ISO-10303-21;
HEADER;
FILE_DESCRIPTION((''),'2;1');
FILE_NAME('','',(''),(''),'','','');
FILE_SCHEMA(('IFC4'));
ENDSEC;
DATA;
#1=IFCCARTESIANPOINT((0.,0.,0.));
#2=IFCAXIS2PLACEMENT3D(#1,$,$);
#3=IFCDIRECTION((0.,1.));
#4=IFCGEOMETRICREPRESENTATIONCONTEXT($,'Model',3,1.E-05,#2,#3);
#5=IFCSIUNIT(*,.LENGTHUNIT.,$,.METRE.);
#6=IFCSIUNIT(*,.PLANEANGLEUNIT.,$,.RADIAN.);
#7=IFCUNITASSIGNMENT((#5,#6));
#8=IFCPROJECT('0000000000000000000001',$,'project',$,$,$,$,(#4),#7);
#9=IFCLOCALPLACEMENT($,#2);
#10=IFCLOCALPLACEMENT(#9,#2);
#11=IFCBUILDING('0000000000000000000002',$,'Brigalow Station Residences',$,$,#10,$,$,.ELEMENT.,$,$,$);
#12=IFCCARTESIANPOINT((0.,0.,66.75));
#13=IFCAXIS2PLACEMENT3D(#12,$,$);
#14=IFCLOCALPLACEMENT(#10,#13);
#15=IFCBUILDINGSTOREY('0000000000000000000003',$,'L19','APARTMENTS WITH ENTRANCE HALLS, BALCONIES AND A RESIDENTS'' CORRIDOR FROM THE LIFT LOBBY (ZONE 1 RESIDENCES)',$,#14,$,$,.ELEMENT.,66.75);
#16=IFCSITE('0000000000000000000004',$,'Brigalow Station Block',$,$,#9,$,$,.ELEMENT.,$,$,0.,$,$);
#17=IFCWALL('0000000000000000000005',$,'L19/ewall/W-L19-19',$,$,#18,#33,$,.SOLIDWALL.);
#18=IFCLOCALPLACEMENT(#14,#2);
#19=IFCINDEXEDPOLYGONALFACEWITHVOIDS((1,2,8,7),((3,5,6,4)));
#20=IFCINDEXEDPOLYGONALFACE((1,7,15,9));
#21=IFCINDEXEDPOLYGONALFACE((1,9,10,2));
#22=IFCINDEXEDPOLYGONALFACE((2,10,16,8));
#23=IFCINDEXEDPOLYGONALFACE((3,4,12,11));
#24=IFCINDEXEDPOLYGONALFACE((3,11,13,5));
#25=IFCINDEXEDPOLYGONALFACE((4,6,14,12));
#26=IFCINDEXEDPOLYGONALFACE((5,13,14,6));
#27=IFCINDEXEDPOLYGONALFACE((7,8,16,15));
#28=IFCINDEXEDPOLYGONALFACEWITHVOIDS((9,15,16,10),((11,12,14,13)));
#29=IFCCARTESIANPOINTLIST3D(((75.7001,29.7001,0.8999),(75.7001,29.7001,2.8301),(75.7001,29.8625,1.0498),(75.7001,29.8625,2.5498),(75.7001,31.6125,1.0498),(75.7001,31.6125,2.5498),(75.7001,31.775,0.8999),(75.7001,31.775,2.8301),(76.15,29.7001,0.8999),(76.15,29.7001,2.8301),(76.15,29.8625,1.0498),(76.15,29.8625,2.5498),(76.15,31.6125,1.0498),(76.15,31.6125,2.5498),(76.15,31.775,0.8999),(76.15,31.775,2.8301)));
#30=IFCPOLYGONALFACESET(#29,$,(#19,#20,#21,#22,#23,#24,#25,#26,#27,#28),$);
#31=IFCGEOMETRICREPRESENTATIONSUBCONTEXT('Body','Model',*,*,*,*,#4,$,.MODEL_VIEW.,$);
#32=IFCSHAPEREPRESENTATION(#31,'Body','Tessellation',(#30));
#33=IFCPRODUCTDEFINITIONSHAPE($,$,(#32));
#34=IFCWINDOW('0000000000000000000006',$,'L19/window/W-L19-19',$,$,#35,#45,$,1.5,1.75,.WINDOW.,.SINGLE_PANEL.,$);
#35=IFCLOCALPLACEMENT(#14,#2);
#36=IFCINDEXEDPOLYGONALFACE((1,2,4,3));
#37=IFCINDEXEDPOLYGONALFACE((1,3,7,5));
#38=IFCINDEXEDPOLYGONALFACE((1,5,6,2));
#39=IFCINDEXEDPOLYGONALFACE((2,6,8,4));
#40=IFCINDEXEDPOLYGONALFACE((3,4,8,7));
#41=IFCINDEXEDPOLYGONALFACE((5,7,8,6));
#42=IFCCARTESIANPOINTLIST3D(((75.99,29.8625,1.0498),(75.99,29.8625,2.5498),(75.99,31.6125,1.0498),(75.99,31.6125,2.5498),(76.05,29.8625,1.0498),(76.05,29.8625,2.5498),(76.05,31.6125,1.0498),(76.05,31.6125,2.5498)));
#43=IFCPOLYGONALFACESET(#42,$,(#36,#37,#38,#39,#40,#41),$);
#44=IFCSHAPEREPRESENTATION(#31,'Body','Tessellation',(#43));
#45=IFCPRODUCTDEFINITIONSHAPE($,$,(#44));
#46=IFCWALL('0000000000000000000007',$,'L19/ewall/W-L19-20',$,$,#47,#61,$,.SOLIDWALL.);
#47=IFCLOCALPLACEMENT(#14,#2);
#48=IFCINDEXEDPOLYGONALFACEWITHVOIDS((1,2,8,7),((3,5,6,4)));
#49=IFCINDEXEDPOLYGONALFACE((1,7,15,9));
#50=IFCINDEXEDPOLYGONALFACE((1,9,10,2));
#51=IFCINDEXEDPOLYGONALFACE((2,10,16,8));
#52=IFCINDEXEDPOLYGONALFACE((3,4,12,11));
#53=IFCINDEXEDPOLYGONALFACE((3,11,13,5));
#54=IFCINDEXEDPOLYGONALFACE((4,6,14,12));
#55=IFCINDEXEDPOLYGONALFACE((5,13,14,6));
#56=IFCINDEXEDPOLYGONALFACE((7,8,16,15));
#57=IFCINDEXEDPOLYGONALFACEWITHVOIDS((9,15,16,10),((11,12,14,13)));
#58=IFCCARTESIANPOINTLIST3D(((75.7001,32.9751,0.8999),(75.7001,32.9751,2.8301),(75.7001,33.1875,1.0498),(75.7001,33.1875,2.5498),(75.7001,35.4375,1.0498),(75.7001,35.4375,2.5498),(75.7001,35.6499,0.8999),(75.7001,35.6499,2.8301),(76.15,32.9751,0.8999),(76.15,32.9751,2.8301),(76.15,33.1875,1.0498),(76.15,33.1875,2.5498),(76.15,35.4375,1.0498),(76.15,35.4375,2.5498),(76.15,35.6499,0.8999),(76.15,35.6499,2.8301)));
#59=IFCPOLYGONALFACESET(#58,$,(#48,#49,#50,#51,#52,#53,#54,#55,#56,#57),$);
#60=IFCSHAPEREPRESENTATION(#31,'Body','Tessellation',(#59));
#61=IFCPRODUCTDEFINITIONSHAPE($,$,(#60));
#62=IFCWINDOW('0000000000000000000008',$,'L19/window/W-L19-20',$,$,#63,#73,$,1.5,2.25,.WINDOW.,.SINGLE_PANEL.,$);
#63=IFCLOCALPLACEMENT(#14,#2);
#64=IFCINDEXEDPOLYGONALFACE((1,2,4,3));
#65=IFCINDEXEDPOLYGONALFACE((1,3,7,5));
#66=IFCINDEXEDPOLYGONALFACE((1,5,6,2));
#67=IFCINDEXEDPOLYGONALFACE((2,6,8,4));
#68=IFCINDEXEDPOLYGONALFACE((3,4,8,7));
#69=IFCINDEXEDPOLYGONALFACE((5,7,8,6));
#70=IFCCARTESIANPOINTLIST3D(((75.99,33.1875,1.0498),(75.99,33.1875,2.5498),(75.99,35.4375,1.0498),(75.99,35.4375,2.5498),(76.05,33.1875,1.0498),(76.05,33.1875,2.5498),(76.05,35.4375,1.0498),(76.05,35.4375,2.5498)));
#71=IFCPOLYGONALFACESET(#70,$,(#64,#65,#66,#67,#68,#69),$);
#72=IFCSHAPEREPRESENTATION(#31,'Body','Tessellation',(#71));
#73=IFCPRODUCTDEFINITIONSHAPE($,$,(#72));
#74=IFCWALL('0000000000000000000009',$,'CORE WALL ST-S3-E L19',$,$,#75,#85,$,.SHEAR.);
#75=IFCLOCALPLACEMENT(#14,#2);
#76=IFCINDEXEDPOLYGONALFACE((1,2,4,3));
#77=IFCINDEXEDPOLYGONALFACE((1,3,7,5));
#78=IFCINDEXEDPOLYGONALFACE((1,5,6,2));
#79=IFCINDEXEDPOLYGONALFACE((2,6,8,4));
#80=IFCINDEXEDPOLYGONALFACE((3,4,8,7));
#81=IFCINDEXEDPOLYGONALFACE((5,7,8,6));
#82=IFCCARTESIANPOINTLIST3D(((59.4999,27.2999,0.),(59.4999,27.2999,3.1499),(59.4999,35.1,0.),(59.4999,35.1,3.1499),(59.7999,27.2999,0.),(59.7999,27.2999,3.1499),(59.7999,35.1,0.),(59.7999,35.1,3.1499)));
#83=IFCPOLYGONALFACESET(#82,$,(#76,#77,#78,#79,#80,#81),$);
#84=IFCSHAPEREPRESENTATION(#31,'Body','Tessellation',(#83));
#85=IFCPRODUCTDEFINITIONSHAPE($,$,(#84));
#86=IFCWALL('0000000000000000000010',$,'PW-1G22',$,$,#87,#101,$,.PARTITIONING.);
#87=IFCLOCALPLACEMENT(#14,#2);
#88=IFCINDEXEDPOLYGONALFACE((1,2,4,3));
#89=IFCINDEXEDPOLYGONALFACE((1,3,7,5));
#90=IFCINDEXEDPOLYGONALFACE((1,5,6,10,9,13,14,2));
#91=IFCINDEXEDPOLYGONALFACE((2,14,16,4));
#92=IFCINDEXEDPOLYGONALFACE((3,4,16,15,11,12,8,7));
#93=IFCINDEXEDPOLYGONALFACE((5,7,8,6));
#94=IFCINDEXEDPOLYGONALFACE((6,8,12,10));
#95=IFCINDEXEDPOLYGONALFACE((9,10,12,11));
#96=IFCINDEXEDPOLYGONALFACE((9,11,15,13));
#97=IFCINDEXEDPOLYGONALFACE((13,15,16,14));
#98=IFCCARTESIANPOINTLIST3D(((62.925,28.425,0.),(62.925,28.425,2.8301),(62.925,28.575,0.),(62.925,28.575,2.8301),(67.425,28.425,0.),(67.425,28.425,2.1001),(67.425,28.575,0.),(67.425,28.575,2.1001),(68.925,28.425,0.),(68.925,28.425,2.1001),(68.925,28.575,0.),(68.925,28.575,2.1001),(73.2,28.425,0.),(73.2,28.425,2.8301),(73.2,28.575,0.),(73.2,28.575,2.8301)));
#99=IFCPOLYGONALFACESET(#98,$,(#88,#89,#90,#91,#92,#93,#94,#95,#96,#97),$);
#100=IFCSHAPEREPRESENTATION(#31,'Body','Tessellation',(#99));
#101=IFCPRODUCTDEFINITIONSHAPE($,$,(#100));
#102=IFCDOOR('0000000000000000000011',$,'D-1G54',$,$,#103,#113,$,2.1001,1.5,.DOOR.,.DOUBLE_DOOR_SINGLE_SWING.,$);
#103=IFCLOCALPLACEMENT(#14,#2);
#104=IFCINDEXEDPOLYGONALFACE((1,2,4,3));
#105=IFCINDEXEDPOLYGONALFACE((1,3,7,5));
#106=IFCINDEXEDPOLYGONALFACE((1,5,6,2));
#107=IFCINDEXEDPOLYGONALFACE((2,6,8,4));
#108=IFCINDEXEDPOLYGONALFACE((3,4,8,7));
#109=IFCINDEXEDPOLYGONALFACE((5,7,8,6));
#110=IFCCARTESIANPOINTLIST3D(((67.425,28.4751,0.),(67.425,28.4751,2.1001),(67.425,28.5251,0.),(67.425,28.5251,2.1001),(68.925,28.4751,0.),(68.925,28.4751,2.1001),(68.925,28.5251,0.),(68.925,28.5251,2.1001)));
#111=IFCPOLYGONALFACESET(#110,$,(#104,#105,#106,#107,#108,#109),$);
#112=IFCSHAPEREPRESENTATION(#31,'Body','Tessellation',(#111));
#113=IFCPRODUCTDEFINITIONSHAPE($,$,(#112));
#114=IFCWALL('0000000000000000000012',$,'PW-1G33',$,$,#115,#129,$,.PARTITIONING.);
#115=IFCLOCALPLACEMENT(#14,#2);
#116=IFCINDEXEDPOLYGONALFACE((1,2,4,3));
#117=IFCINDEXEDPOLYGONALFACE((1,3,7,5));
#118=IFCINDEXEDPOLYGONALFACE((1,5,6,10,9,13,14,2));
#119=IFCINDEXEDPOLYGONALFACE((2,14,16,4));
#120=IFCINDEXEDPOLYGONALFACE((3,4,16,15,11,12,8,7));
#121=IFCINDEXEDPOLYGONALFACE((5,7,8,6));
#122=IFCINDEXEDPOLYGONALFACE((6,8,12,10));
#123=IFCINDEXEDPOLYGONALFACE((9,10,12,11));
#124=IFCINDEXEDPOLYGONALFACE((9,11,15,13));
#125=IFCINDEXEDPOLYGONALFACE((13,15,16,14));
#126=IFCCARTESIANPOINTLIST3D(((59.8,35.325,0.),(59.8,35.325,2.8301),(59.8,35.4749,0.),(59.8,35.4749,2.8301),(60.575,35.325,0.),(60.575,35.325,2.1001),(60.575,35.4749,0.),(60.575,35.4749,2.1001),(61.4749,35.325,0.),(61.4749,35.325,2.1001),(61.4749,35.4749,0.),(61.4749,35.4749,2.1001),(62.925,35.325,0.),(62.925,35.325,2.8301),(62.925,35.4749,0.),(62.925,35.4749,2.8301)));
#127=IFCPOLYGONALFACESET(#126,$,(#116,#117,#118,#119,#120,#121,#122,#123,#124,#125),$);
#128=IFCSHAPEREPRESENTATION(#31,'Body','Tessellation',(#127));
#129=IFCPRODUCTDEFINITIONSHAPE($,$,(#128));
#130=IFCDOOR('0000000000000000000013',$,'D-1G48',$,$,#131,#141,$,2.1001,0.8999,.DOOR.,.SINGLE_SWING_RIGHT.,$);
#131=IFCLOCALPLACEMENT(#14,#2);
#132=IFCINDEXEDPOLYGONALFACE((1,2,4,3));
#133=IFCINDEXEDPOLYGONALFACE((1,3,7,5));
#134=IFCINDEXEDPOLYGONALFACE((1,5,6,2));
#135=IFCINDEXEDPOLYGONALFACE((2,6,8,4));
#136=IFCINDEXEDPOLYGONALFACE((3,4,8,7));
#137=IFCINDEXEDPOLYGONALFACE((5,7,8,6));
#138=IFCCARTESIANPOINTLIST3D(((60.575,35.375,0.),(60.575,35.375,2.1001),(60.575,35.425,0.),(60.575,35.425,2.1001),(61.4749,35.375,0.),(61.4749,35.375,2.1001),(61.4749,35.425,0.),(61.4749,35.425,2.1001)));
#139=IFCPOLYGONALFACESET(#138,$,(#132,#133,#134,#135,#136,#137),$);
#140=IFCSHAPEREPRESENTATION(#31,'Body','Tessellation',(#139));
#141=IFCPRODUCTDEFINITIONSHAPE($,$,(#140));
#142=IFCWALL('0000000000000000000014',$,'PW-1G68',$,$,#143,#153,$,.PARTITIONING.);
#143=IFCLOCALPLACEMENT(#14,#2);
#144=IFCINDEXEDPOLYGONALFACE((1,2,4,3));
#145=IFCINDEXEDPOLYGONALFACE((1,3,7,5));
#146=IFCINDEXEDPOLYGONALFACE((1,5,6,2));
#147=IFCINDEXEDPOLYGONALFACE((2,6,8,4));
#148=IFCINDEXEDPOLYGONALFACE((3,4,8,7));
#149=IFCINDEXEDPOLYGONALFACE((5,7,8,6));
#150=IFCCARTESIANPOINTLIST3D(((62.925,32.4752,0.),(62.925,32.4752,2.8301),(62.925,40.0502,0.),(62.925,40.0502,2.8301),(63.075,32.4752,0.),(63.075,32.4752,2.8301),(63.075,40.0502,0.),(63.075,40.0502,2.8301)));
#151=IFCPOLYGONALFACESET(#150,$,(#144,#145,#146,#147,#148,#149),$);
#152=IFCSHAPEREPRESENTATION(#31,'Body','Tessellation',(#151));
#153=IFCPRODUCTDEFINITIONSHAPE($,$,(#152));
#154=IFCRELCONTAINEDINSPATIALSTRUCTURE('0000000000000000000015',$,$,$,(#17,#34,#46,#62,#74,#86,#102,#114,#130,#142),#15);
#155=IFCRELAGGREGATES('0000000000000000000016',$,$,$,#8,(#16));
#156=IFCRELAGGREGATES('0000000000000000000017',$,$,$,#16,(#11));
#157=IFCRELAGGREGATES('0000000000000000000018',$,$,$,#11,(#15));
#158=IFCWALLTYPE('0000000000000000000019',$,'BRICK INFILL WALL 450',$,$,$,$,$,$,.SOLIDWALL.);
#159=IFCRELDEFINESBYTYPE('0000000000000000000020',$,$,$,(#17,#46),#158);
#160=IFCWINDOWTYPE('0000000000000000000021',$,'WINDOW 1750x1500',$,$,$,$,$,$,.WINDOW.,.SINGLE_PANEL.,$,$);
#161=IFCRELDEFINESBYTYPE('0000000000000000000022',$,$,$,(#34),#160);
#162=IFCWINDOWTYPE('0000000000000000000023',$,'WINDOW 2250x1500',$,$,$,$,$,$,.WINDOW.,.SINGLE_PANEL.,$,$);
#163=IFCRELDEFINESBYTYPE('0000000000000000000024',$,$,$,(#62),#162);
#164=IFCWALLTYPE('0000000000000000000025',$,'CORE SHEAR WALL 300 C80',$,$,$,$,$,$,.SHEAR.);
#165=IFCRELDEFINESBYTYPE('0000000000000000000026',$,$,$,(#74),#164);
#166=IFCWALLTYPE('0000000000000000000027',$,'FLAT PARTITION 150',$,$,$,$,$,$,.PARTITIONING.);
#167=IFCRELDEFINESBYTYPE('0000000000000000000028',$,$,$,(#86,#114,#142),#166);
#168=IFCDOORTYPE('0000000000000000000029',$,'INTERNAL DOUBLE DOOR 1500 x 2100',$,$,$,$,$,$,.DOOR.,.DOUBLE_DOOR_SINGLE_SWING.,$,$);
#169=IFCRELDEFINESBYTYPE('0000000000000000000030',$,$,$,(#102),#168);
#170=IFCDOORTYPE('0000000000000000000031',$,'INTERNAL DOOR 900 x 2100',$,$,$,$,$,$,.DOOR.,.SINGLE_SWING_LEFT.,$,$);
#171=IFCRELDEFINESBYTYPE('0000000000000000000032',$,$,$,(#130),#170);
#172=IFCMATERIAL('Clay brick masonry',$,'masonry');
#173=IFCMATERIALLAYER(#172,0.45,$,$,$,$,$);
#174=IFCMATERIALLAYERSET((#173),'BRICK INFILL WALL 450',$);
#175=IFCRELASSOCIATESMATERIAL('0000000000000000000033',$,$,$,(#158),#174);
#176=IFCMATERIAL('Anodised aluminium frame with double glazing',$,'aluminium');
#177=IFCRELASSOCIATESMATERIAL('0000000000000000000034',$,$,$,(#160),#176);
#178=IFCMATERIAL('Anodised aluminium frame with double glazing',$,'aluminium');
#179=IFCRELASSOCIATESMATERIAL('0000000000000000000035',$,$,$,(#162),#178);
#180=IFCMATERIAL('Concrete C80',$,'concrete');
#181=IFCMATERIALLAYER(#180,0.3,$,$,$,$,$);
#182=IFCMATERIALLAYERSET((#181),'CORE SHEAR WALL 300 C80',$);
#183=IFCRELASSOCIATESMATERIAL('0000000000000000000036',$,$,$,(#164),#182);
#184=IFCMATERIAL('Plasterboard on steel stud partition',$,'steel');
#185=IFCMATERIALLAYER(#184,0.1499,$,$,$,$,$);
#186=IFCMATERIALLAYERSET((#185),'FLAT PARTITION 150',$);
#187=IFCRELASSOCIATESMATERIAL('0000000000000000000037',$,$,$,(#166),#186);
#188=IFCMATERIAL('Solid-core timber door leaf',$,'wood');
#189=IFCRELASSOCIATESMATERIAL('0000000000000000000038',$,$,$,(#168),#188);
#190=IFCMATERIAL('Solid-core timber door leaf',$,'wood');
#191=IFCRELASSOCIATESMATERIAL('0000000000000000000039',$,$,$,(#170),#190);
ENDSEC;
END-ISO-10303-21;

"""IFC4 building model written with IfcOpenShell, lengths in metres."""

from ifc_helpers import new_model, si_unit, direction, frame, frame_2d, origin, place, context, subcontext, project, spatial, rectangle, extrude, material, layer, layer_set, type_object, element, fill, save


model = new_model("IFC4")

# Units and contexts
model_context = context("Model", 3, precision=1e-05, world=origin(), true_north=direction((0.0, 1.0)))
body_context = subcontext(model_context, "Body", "Model", "MODEL_VIEW")
ifc_project = project(units=[si_unit("LENGTHUNIT", "METRE"), si_unit("PLANEANGLEUNIT", "RADIAN")], contexts=[model_context])

# Site, building, storey
site_placement = place(None, origin())
site = spatial("IfcSite", under=ifc_project, at=site_placement, Name="Brigalow Station Block", CompositionType="ELEMENT", RefElevation=0.0)
building_placement = place(site_placement, origin())
building = spatial("IfcBuilding", under=site, at=building_placement, Name="Brigalow Station Residences", CompositionType="ELEMENT")
storey_placement = place(building_placement, frame((0.0, 0.0, 66.75)))
storey = spatial("IfcBuildingStorey", under=building, at=storey_placement, Name="L19", Description="APARTMENTS WITH ENTRANCE HALLS, BALCONIES AND A RESIDENTS' CORRIDOR FROM THE LIFT LOBBY (ZONE 1 RESIDENCES)", CompositionType="ELEMENT", Elevation=66.75)

# Shared definitions
ifc_material_1 = material(Name="Clay brick masonry", Category="masonry")
ifc_layer_1 = layer(ifc_material_1, 0.45)
ifc_layer_set_1 = layer_set([ifc_layer_1], Name="BRICK INFILL WALL 450")
wall_type_1 = type_object("IfcWallType", Name="BRICK INFILL WALL 450", PredefinedType="SOLIDWALL", material=ifc_layer_set_1)

# Walls, openings, windows
wall_1_placement = place(storey_placement, frame((75.925, 29.7, 0.8999), z_axis=(0.0, 0.0, 1.0), x_axis=(0.0, 1.0, 0.0)))
wall_1 = element("IfcWall", 1, at=wall_1_placement, inside=storey, type_object=wall_type_1, Name="L19/ewall/W-L19-19", PredefinedType="SOLIDWALL", context=body_context, shape_type="SweptSolid", body=[
    extrude(rectangle(XDim=2.075, YDim=0.45, at=frame_2d((1.0376, 0.0))), origin(), (0.0, 0.0, 1.0), 1.9302),
])
opening_1_placement = place(wall_1_placement, frame((0.1626, 0.0, 0.1499)))
opening_1 = element("IfcOpeningElement", 2, at=opening_1_placement, cuts=wall_1, PredefinedType="OPENING", context=body_context, shape_type="SweptSolid", body=[
    extrude(rectangle(XDim=1.75, YDim=1.5, at=frame_2d((0.875, 0.75))), frame((0.0, 0.2349, 0.0), z_axis=(0.0, -1.0, 0.0), x_axis=(1.0, 0.0, 0.0)), (0.0, 0.0, 1.0), 0.47),
])
ifc_material_2 = material(Name="Anodised aluminium frame with double glazing", Category="aluminium")
window_type_1 = type_object("IfcWindowType", Name="WINDOW 1750x1500", PartitioningType="SINGLE_PANEL", PredefinedType="WINDOW", material=ifc_material_2)
window_1_placement = place(opening_1_placement, origin())
window_1 = element("IfcWindow", 3, at=window_1_placement, inside=storey, type_object=window_type_1, Name="L19/window/W-L19-19", OverallHeight=1.5, OverallWidth=1.75, PartitioningType="SINGLE_PANEL", PredefinedType="WINDOW", context=body_context, shape_type="SweptSolid", body=[
    extrude(rectangle(XDim=1.75, YDim=1.5, at=frame_2d((0.875, 0.75))), frame((0.0, -0.0649, 0.0), z_axis=(0.0, -1.0, 0.0), x_axis=(1.0, 0.0, 0.0)), (0.0, 0.0, 1.0), 0.0601),
])
fill(opening_1, window_1)
wall_2_placement = place(storey_placement, frame((75.925, 32.9751, 0.8999), z_axis=(0.0, 0.0, 1.0), x_axis=(0.0, 1.0, 0.0)))
wall_2 = element("IfcWall", 4, at=wall_2_placement, inside=storey, type_object=wall_type_1, Name="L19/ewall/W-L19-20", PredefinedType="SOLIDWALL", context=body_context, shape_type="SweptSolid", body=[
    extrude(rectangle(XDim=2.6748, YDim=0.45, at=frame_2d((1.3374, 0.0))), origin(), (0.0, 0.0, 1.0), 1.9302),
])
opening_2_placement = place(wall_2_placement, frame((0.2124, 0.0, 0.1499)))
opening_2 = element("IfcOpeningElement", 5, at=opening_2_placement, cuts=wall_2, PredefinedType="OPENING", context=body_context, shape_type="SweptSolid", body=[
    extrude(rectangle(XDim=2.25, YDim=1.5, at=frame_2d((1.125, 0.75))), frame((0.0, 0.2349, 0.0), z_axis=(0.0, -1.0, 0.0), x_axis=(1.0, 0.0, 0.0)), (0.0, 0.0, 1.0), 0.47),
])
ifc_material_3 = material(Name="Anodised aluminium frame with double glazing", Category="aluminium")
window_type_2 = type_object("IfcWindowType", Name="WINDOW 2250x1500", PartitioningType="SINGLE_PANEL", PredefinedType="WINDOW", material=ifc_material_3)
window_2_placement = place(opening_2_placement, origin())
window_2 = element("IfcWindow", 6, at=window_2_placement, inside=storey, type_object=window_type_2, Name="L19/window/W-L19-20", OverallHeight=1.5, OverallWidth=2.25, PartitioningType="SINGLE_PANEL", PredefinedType="WINDOW", context=body_context, shape_type="SweptSolid", body=[
    extrude(rectangle(XDim=2.25, YDim=1.5, at=frame_2d((1.125, 0.75))), frame((0.0, -0.0649, 0.0), z_axis=(0.0, -1.0, 0.0), x_axis=(1.0, 0.0, 0.0)), (0.0, 0.0, 1.0), 0.0601),
])
fill(opening_2, window_2)

# Wall
ifc_material_4 = material(Name="Concrete C80", Category="concrete")
ifc_layer_2 = layer(ifc_material_4, 0.3)
ifc_layer_set_2 = layer_set([ifc_layer_2], Name="CORE SHEAR WALL 300 C80")
wall_type_2 = type_object("IfcWallType", Name="CORE SHEAR WALL 300 C80", PredefinedType="SHEAR", material=ifc_layer_set_2)
wall_3_placement = place(storey_placement, frame((59.6499, 27.3, 0.0), z_axis=(0.0, 0.0, 1.0), x_axis=(0.0, 1.0, 0.0)))
element("IfcWall", 7, at=wall_3_placement, inside=storey, type_object=wall_type_2, Name="CORE WALL ST-S3-E L19", PredefinedType="SHEAR", context=body_context, shape_type="SweptSolid", body=[
    extrude(rectangle(XDim=7.8, YDim=0.3, at=frame_2d((3.8999, 0.0))), origin(), (0.0, 0.0, 1.0), 3.1499),
])

# Walls, openings, doors
ifc_material_5 = material(Name="Plasterboard on steel stud partition", Category="steel")
ifc_layer_3 = layer(ifc_material_5, 0.1499)
ifc_layer_set_3 = layer_set([ifc_layer_3], Name="FLAT PARTITION 150")
wall_type_3 = type_object("IfcWallType", Name="FLAT PARTITION 150", PredefinedType="PARTITIONING", material=ifc_layer_set_3)
wall_4_placement = place(storey_placement, frame((62.925, 28.5, 0.0), z_axis=(0.0, 0.0, 1.0), x_axis=(1.0, 0.0, 0.0)))
wall_4 = element("IfcWall", 8, at=wall_4_placement, inside=storey, type_object=wall_type_3, Name="PW-1G22", PredefinedType="PARTITIONING", context=body_context, shape_type="SweptSolid", body=[
    extrude(rectangle(XDim=10.2749, YDim=0.1499, at=frame_2d((5.1375, 0.0))), origin(), (0.0, 0.0, 1.0), 2.8301),
])
opening_3_placement = place(wall_4_placement, frame((4.5, 0.0, 0.0)))
opening_3 = element("IfcOpeningElement", 9, at=opening_3_placement, cuts=wall_4, PredefinedType="OPENING", context=body_context, shape_type="SweptSolid", body=[
    extrude(rectangle(XDim=1.5, YDim=2.1001, at=frame_2d((0.75, 1.05))), frame((0.0, 0.085, 0.0), z_axis=(0.0, -1.0, 0.0), x_axis=(1.0, 0.0, 0.0)), (0.0, 0.0, 1.0), 0.1699),
])
ifc_material_6 = material(Name="Solid-core timber door leaf", Category="wood")
door_type_1 = type_object("IfcDoorType", Name="INTERNAL DOUBLE DOOR 1500 x 2100", OperationType="DOUBLE_DOOR_SINGLE_SWING", PredefinedType="DOOR", material=ifc_material_6)
door_1_placement = place(opening_3_placement, frame((1.5, 0.0, 0.0), z_axis=(0.0, 0.0, 1.0), x_axis=(-1.0, 0.0, 0.0)))
door_1 = element("IfcDoor", 10, at=door_1_placement, inside=storey, type_object=door_type_1, Name="D-1G54", OperationType="DOUBLE_DOOR_SINGLE_SWING", OverallHeight=2.1001, OverallWidth=1.5, PredefinedType="DOOR", context=body_context, shape_type="SweptSolid", body=[
    extrude(rectangle(XDim=1.5, YDim=2.1001, at=frame_2d((0.75, 1.05))), frame((0.0, 0.0249, 0.0), z_axis=(0.0, -1.0, 0.0), x_axis=(1.0, 0.0, 0.0)), (0.0, 0.0, 1.0), 0.05),
])
fill(opening_3, door_1)
wall_5_placement = place(storey_placement, frame((59.8, 35.3999, 0.0), z_axis=(0.0, 0.0, 1.0), x_axis=(1.0, 0.0, 0.0)))
wall_5 = element("IfcWall", 11, at=wall_5_placement, inside=storey, type_object=wall_type_3, Name="PW-1G33", PredefinedType="PARTITIONING", context=body_context, shape_type="SweptSolid", body=[
    extrude(rectangle(XDim=3.125, YDim=0.1499, at=frame_2d((1.5625, 0.0))), origin(), (0.0, 0.0, 1.0), 2.8301),
])
opening_4_placement = place(wall_5_placement, frame((0.7749, 0.0, 0.0)))
opening_4 = element("IfcOpeningElement", 12, at=opening_4_placement, cuts=wall_5, PredefinedType="OPENING", context=body_context, shape_type="SweptSolid", body=[
    extrude(rectangle(XDim=0.8999, YDim=2.1001, at=frame_2d((0.45, 1.05))), frame((0.0, 0.085, 0.0), z_axis=(0.0, -1.0, 0.0), x_axis=(1.0, 0.0, 0.0)), (0.0, 0.0, 1.0), 0.1699),
])
ifc_material_7 = material(Name="Solid-core timber door leaf", Category="wood")
door_type_2 = type_object("IfcDoorType", Name="INTERNAL DOOR 900 x 2100", OperationType="SINGLE_SWING_LEFT", PredefinedType="DOOR", material=ifc_material_7)
door_2_placement = place(opening_4_placement, frame((0.8999, 0.0, 0.0), z_axis=(0.0, 0.0, 1.0), x_axis=(-1.0, 0.0, 0.0)))
door_2 = element("IfcDoor", 13, at=door_2_placement, inside=storey, type_object=door_type_2, Name="D-1G48", OperationType="SINGLE_SWING_RIGHT", OverallHeight=2.1001, OverallWidth=0.8999, PredefinedType="DOOR", context=body_context, shape_type="SweptSolid", body=[
    extrude(rectangle(XDim=0.8999, YDim=2.1001, at=frame_2d((0.45, 1.05))), frame((0.0, 0.0249, 0.0), z_axis=(0.0, -1.0, 0.0), x_axis=(1.0, 0.0, 0.0)), (0.0, 0.0, 1.0), 0.05),
])
fill(opening_4, door_2)

# Wall
wall_6_placement = place(storey_placement, frame((63.0, 32.4751, 0.0), z_axis=(0.0, 0.0, 1.0), x_axis=(0.0, 1.0, 0.0)))
element("IfcWall", 14, at=wall_6_placement, inside=storey, type_object=wall_type_3, Name="PW-1G68", PredefinedType="PARTITIONING", context=body_context, shape_type="SweptSolid", body=[
    extrude(rectangle(XDim=7.575, YDim=0.1499, at=frame_2d((3.7876, 0.0))), origin(), (0.0, 0.0, 1.0), 2.8301),
])

save(model, "model.ifc")
